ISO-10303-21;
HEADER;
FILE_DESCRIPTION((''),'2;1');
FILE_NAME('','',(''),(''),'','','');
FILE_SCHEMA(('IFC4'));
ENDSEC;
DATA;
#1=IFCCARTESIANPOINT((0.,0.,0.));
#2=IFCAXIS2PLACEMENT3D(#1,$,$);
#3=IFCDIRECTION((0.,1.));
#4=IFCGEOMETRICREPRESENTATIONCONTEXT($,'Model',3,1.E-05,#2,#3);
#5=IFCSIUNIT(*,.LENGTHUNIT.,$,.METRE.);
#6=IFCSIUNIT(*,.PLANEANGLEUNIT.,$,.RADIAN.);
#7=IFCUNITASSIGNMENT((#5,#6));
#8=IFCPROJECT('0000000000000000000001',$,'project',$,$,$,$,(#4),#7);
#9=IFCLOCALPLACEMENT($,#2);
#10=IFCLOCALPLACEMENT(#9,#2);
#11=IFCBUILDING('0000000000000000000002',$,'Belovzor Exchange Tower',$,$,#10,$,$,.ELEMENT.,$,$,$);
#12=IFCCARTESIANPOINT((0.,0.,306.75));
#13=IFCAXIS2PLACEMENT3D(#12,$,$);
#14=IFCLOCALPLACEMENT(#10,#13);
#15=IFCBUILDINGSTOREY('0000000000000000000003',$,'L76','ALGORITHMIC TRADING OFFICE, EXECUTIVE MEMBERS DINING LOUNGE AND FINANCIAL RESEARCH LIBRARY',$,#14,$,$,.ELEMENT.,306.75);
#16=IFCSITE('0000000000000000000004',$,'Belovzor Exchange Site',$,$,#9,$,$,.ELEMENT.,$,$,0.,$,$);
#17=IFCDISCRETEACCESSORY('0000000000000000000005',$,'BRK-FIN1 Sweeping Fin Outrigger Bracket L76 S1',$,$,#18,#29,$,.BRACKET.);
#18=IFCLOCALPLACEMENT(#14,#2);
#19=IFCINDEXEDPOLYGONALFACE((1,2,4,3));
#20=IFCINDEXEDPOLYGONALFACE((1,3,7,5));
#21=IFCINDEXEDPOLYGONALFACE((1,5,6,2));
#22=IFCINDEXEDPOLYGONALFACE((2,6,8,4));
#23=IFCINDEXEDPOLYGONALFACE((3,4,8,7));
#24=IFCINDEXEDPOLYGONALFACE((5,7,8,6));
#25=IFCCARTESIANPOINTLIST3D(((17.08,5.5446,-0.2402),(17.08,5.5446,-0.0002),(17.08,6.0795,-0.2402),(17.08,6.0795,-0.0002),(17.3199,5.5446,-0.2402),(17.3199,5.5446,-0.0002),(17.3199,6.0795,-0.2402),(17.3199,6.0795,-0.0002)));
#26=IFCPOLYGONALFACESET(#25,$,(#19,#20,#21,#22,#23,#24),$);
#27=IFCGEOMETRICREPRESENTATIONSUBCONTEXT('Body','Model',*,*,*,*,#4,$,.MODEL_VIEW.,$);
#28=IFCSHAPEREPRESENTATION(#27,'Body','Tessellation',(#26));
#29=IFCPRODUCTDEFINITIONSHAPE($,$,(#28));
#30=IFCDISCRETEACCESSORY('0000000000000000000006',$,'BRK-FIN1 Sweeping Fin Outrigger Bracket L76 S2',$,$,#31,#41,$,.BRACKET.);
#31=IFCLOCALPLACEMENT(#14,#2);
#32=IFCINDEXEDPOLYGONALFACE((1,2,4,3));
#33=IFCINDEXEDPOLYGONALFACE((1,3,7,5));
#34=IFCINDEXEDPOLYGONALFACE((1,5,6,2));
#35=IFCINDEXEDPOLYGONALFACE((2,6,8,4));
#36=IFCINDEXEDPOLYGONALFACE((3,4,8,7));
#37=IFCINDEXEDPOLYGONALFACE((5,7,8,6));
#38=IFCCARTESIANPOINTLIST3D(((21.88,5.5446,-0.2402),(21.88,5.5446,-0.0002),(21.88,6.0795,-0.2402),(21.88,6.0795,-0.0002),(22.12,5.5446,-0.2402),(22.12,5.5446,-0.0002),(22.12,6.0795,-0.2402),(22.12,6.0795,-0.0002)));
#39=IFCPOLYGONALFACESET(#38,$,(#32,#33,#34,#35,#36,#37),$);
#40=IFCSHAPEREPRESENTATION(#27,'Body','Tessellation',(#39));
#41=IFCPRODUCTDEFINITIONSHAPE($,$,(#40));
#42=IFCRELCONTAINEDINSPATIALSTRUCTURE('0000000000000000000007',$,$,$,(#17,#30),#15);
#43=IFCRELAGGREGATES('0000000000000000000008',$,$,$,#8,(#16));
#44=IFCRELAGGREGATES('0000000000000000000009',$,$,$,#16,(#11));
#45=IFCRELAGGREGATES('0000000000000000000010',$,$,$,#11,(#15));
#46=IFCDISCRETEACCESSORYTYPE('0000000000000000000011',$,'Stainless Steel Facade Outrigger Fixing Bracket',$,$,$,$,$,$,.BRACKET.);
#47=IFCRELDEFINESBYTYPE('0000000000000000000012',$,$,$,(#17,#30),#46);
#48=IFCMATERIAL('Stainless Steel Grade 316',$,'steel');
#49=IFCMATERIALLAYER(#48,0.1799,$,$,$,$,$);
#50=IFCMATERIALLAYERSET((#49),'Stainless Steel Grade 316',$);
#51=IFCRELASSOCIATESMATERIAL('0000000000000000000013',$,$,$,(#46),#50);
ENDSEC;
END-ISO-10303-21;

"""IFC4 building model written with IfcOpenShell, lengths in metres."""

from ifc_helpers import new_model, si_unit, direction, frame, origin, origin_2d, place, context, subcontext, project, spatial, rectangle, extrude, material, layer, layer_set, type_object, element, save


model = new_model("IFC4")

# Units and contexts
model_context = context("Model", 3, precision=1e-05, world=origin(), true_north=direction((0.0, 1.0)))
body_context = subcontext(model_context, "Body", "Model", "MODEL_VIEW")
ifc_project = project(units=[si_unit("LENGTHUNIT", "METRE"), si_unit("PLANEANGLEUNIT", "RADIAN")], contexts=[model_context])

# Site, building, storey
site_placement = place(None, origin())
site = spatial("IfcSite", under=ifc_project, at=site_placement, Name="Belovzor Exchange Site", CompositionType="ELEMENT", RefElevation=0.0)
building_placement = place(site_placement, origin())
building = spatial("IfcBuilding", under=site, at=building_placement, Name="Belovzor Exchange Tower", CompositionType="ELEMENT")
storey_placement = place(building_placement, frame((0.0, 0.0, 306.75)))
storey = spatial("IfcBuildingStorey", under=building, at=storey_placement, Name="L76", Description="ALGORITHMIC TRADING OFFICE, EXECUTIVE MEMBERS DINING LOUNGE AND FINANCIAL RESEARCH LIBRARY", CompositionType="ELEMENT", Elevation=306.75)

# Discrete accessories
ifc_material_1 = material(Name="Stainless Steel Grade 316", Category="steel")
ifc_layer_1 = layer(ifc_material_1, 0.1799)
ifc_layer_set_1 = layer_set([ifc_layer_1], Name="Stainless Steel Grade 316")
discrete_accessory_type = type_object("IfcDiscreteAccessoryType", Name="Stainless Steel Facade Outrigger Fixing Bracket", PredefinedType="BRACKET", material=ifc_layer_set_1)
for number, where, z_axis, x_axis, name in (
    (1, (17.2, 5.812, -0.2402), (0.0, 0.0, 1.0), (0.0, 1.0, 0.0), "BRK-FIN1 Sweeping Fin Outrigger Bracket L76 S1"),
    (2, (22.0, 5.812, -0.2402), (0.0, 0.0, 1.0), (0.0, 1.0, 0.0), "BRK-FIN1 Sweeping Fin Outrigger Bracket L76 S2"),
):
    element("IfcDiscreteAccessory", number, at=place(storey_placement, frame(where, z_axis=z_axis, x_axis=x_axis)), inside=storey, type_object=discrete_accessory_type, Name=name, PredefinedType="BRACKET", context=body_context, shape_type="SweptSolid", body=[
        extrude(rectangle(XDim=0.5349, YDim=0.24, at=origin_2d()), origin(), (0.0, 0.0, 1.0), 0.24),
    ])

save(model, "model.ifc")
